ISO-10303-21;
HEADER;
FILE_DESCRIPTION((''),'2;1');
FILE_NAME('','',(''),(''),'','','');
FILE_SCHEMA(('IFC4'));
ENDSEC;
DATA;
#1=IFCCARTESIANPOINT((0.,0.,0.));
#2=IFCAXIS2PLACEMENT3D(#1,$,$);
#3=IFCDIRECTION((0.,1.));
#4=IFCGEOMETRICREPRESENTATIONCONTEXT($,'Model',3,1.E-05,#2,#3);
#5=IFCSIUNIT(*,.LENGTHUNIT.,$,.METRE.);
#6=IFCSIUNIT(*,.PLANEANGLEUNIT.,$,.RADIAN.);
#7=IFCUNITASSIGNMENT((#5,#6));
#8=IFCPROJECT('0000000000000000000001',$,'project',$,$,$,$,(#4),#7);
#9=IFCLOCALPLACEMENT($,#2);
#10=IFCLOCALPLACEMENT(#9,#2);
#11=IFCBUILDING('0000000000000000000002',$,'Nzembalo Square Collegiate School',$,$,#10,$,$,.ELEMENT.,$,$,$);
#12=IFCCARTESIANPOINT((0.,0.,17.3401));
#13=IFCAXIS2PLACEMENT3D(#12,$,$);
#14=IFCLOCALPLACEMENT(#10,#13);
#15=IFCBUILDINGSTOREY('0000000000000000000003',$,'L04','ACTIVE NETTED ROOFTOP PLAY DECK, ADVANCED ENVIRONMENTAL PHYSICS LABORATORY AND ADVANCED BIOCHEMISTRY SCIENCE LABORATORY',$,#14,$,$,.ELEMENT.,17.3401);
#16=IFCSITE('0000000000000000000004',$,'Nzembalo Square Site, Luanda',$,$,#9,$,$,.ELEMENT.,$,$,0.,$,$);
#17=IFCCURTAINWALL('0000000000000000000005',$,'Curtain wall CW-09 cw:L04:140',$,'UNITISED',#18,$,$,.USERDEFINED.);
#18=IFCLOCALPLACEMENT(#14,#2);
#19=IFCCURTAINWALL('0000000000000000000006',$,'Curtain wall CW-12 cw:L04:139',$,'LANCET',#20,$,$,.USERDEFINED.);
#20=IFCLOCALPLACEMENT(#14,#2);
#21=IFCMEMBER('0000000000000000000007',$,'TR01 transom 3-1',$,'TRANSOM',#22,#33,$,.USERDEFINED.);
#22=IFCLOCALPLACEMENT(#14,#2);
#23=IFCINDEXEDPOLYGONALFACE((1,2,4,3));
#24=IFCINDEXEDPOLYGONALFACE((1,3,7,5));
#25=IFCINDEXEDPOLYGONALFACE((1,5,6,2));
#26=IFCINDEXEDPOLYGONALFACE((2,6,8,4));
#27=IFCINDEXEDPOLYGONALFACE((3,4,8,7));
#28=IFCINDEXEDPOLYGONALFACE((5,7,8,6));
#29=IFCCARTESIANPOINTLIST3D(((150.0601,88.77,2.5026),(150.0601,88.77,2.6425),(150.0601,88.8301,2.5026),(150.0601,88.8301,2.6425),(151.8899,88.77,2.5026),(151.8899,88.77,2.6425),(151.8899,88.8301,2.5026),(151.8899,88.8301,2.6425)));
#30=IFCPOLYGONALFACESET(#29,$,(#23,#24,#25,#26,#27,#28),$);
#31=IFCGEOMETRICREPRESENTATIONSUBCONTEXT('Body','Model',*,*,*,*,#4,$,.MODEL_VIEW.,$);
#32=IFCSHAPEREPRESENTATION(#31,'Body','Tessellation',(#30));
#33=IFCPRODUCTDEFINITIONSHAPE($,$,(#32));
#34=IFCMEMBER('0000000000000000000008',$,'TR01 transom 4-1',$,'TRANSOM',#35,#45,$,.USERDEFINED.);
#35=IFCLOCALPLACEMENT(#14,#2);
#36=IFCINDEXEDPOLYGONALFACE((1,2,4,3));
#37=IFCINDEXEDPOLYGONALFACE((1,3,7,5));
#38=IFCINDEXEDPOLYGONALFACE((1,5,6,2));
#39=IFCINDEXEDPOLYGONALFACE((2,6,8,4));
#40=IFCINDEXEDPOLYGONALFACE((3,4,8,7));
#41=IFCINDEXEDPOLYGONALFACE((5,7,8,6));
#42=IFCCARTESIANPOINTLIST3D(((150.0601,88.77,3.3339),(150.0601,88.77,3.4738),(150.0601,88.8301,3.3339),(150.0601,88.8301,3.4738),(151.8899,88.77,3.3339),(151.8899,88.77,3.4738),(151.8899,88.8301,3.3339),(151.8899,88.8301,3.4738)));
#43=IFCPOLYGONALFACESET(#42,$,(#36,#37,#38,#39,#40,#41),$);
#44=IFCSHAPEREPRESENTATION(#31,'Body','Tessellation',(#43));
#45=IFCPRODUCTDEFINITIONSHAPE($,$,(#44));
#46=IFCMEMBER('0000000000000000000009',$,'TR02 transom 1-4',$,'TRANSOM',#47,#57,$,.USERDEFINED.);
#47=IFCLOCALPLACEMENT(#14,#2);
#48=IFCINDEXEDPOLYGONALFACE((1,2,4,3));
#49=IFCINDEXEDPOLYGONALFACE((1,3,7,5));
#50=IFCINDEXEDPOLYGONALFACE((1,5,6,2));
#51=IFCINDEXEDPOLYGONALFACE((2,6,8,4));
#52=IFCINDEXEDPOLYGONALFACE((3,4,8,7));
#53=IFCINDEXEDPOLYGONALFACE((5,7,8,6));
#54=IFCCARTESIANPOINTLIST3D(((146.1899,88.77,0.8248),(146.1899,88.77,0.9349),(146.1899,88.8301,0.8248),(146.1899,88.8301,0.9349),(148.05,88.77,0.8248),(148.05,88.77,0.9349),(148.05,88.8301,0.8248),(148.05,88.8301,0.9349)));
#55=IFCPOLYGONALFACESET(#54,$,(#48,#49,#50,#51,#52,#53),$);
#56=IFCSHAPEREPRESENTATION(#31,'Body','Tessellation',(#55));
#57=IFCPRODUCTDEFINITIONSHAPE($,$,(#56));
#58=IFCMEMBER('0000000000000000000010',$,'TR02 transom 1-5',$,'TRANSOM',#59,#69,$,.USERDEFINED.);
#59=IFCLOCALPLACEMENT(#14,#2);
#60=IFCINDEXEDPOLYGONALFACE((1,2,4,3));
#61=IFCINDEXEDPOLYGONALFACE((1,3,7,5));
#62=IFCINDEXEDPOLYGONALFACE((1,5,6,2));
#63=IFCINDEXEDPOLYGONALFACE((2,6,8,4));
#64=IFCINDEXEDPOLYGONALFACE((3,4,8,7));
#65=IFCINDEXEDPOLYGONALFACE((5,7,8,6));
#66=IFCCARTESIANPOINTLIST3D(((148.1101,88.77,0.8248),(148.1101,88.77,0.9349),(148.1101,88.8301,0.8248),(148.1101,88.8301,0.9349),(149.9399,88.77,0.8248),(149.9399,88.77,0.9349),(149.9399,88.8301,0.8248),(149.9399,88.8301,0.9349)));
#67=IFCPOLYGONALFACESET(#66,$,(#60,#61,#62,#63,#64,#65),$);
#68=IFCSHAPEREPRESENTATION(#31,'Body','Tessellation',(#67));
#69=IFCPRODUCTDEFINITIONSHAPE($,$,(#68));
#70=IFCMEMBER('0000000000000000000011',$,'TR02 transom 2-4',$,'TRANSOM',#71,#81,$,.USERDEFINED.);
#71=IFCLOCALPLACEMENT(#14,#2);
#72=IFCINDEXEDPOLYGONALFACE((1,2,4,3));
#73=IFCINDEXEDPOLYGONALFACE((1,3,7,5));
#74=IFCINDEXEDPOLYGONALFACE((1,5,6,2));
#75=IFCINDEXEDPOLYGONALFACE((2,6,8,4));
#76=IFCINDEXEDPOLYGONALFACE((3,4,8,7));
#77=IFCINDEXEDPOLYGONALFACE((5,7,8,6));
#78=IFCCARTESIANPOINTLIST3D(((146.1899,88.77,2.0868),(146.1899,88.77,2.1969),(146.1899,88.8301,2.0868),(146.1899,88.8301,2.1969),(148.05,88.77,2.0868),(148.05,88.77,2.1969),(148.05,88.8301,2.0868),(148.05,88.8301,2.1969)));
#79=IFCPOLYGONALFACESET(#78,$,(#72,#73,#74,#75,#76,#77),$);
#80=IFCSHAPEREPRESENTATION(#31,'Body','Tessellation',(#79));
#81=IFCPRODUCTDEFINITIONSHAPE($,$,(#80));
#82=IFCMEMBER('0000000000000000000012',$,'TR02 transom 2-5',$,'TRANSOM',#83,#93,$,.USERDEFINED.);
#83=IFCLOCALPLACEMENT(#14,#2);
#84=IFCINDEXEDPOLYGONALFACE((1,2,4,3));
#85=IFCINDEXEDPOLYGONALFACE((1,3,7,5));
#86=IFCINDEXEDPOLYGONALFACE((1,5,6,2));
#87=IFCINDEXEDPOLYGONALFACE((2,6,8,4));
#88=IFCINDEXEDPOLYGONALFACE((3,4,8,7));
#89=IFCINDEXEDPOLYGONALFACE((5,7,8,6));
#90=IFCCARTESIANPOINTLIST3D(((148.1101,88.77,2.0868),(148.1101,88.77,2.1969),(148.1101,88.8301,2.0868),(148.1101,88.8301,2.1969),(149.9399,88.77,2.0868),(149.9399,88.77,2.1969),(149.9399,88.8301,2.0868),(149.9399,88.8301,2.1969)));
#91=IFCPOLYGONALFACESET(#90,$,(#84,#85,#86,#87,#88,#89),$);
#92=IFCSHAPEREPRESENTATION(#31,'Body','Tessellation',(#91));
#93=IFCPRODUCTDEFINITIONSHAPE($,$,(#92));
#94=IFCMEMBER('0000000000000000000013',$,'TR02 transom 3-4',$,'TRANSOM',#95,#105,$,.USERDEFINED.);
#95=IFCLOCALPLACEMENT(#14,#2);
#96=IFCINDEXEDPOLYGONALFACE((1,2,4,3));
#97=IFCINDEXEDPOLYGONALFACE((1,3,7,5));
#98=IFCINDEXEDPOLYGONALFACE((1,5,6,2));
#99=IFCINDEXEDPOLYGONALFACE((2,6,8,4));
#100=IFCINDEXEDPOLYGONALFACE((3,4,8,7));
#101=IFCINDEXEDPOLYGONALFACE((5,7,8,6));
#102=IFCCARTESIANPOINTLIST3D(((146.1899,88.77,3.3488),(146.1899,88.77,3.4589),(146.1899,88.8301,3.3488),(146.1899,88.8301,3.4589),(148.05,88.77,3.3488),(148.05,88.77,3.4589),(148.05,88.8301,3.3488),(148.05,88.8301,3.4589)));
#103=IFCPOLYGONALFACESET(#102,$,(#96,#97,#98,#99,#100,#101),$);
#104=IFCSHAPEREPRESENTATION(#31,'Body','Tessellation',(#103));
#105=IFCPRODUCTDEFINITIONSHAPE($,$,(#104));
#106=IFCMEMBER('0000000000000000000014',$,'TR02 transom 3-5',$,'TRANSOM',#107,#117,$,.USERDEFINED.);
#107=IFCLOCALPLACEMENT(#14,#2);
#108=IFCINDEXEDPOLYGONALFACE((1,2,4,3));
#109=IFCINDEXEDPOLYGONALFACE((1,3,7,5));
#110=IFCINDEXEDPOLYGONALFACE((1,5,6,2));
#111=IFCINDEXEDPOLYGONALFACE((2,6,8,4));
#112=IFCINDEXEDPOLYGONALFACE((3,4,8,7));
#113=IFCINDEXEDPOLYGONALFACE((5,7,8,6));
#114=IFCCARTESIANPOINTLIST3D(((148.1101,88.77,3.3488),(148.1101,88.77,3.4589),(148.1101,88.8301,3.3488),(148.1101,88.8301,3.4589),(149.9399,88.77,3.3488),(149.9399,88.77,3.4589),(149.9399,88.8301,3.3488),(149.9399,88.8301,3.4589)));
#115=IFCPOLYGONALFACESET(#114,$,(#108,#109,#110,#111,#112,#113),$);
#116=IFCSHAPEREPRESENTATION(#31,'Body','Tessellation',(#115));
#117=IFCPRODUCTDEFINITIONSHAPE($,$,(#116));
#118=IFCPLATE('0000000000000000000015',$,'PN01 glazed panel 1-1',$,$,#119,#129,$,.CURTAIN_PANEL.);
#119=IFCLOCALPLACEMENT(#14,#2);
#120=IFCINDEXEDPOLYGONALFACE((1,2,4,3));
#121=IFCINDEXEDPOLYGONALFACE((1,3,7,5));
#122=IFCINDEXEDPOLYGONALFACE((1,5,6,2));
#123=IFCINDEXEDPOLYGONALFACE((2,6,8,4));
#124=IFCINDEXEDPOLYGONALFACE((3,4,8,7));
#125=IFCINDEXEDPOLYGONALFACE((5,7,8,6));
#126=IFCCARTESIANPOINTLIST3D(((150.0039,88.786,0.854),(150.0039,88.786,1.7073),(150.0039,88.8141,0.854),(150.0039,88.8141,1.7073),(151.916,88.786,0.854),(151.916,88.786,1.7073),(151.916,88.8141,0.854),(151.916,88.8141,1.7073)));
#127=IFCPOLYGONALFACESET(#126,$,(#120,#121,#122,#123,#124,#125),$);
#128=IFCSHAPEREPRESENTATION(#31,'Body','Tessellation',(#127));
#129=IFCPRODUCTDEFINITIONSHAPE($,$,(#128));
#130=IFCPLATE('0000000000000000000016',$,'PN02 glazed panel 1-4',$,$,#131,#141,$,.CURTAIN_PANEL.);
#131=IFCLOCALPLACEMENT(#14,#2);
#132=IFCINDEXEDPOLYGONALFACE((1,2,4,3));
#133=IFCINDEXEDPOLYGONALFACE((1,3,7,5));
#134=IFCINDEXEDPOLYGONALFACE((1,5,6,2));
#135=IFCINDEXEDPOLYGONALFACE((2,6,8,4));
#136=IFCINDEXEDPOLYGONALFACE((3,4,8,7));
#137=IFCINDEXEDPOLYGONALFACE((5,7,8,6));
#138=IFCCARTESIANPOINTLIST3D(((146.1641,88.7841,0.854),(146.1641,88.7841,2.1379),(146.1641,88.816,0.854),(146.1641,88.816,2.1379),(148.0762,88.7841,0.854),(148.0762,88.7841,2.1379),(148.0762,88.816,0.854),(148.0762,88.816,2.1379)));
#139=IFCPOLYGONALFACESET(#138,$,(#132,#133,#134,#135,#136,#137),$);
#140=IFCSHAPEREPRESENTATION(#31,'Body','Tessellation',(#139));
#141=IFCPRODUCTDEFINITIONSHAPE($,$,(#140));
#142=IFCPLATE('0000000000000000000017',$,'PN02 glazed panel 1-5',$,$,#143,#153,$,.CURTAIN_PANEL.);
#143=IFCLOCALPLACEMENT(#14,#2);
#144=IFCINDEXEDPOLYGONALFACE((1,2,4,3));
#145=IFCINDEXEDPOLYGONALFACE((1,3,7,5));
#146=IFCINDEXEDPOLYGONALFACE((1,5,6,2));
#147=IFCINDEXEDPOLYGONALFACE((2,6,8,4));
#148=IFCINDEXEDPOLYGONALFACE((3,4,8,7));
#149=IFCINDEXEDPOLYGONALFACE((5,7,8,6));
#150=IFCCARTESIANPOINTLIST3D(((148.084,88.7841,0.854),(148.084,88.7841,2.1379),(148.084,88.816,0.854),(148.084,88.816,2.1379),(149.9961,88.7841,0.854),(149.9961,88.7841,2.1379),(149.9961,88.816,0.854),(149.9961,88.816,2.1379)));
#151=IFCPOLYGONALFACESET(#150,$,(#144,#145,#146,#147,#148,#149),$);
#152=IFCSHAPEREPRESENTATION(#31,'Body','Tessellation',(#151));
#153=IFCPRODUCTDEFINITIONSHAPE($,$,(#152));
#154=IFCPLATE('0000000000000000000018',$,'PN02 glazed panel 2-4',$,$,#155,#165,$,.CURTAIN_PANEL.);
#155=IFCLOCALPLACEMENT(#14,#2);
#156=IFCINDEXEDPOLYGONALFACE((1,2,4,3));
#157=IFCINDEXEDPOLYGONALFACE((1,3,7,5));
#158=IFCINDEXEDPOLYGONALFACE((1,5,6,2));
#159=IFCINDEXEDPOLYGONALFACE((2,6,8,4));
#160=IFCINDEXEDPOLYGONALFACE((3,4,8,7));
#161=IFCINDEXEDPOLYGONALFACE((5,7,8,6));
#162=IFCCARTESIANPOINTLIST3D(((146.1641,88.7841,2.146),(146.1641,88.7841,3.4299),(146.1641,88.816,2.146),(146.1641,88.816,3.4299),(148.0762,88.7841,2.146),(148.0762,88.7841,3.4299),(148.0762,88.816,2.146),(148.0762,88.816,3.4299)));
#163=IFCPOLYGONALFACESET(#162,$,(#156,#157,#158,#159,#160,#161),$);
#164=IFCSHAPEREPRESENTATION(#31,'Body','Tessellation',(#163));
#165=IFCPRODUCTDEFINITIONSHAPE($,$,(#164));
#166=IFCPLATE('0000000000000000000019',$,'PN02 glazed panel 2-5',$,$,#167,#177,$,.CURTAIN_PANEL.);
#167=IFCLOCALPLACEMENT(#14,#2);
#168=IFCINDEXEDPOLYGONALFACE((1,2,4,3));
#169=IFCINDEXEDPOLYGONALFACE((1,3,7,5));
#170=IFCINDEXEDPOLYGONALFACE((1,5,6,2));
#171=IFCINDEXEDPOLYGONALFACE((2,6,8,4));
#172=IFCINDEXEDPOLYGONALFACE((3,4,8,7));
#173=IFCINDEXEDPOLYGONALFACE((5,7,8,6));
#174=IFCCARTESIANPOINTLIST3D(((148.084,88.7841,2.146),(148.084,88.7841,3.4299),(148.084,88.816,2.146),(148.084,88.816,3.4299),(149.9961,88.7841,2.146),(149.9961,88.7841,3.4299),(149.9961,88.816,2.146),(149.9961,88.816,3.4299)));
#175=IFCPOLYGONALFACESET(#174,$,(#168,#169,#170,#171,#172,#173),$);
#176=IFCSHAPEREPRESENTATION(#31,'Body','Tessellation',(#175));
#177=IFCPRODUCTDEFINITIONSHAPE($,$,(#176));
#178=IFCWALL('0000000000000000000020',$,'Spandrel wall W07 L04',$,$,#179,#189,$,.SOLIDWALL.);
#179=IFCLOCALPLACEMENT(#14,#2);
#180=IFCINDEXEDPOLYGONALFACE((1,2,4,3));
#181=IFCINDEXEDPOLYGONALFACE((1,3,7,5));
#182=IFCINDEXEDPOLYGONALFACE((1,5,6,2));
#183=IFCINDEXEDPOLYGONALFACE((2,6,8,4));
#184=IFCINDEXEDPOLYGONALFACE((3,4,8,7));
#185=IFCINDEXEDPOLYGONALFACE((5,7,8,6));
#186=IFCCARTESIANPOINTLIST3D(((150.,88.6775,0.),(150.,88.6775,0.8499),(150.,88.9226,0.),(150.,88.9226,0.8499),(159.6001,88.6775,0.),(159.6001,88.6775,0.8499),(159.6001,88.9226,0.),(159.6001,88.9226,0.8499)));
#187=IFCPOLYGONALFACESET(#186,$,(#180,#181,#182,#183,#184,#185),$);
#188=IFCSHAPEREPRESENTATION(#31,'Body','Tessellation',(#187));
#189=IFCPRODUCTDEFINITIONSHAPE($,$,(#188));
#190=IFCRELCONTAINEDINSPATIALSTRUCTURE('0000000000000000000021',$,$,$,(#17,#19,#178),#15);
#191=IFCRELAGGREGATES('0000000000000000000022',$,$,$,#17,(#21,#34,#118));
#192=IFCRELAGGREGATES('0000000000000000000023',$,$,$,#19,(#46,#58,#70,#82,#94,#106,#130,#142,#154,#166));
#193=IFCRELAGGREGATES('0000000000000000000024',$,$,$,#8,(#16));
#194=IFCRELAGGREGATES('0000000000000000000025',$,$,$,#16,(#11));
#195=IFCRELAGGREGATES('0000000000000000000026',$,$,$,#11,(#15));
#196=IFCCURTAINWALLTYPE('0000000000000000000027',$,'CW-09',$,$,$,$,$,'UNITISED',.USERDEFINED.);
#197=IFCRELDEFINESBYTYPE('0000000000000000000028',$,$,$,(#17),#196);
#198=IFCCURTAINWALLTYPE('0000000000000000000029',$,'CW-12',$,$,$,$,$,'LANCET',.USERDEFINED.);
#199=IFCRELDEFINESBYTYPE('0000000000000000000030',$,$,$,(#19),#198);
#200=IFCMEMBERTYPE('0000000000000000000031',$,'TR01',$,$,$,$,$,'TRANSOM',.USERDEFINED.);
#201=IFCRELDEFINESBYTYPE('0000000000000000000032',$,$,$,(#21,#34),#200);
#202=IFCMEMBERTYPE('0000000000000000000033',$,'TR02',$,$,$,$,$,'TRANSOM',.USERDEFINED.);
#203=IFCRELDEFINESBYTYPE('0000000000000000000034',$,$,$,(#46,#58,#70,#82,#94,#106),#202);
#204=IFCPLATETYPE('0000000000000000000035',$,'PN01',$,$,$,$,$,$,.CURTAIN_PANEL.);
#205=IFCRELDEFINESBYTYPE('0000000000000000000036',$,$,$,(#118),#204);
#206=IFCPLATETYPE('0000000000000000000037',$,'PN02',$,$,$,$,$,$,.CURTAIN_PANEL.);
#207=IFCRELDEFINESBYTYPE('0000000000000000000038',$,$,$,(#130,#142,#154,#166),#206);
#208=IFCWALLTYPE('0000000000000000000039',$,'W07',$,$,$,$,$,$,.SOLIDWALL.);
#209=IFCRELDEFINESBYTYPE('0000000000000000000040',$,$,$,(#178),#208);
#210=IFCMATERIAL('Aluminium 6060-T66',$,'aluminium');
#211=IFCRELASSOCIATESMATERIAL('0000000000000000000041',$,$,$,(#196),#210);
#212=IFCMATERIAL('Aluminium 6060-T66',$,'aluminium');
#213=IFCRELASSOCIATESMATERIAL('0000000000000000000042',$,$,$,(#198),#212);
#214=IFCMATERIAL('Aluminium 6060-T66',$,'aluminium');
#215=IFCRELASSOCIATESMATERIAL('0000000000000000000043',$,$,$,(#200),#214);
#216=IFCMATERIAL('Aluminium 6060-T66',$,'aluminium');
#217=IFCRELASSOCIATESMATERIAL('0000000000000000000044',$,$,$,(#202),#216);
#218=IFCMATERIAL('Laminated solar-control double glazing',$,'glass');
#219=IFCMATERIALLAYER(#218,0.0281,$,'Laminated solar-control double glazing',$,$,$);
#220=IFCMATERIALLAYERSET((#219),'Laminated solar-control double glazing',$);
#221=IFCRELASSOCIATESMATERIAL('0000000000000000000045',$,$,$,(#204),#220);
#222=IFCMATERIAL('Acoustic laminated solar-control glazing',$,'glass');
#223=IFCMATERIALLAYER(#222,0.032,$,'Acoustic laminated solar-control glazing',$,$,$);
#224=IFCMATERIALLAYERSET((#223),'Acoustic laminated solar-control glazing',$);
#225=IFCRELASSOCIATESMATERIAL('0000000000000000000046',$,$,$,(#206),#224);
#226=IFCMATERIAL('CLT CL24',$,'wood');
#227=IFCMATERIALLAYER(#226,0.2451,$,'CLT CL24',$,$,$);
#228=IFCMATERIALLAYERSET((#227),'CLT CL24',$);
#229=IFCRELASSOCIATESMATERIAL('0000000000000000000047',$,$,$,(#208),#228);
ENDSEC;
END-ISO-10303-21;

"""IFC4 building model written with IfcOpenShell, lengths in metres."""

from ifc_helpers import new_model, si_unit, direction, frame, frame_2d, origin, origin_2d, place, context, subcontext, project, spatial, rectangle, extrude, material, layer, layer_set, material_profile, profile_set, type_object, element, aggregate, save


model = new_model("IFC4")

# Units and contexts
model_context = context("Model", 3, precision=1e-05, world=origin(), true_north=direction((0.0, 1.0)))
body_context = subcontext(model_context, "Body", "Model", "MODEL_VIEW")
ifc_project = project(units=[si_unit("LENGTHUNIT", "METRE"), si_unit("PLANEANGLEUNIT", "RADIAN")], contexts=[model_context])

# Site, building, storey
site_placement = place(None, origin())
site = spatial("IfcSite", under=ifc_project, at=site_placement, Name="Nzembalo Square Site, Luanda", CompositionType="ELEMENT", RefElevation=0.0)
building_placement = place(site_placement, origin())
building = spatial("IfcBuilding", under=site, at=building_placement, Name="Nzembalo Square Collegiate School", CompositionType="ELEMENT")
storey_placement = place(building_placement, frame((0.0, 0.0, 17.3401)))
storey = spatial("IfcBuildingStorey", under=building, at=storey_placement, Name="L04", Description="ACTIVE NETTED ROOFTOP PLAY DECK, ADVANCED ENVIRONMENTAL PHYSICS LABORATORY AND ADVANCED BIOCHEMISTRY SCIENCE LABORATORY", CompositionType="ELEMENT", Elevation=17.3401)

# Curtain wall
ifc_material_1 = material(Name="Aluminium 6060-T66", Category="aluminium")
curtain_wall_type_1 = type_object("IfcCurtainWallType", Name="CW-09", ElementType="UNITISED", PredefinedType="USERDEFINED", material=ifc_material_1)
curtain_wall_1_placement = place(storey_placement, origin())
curtain_wall_1 = element("IfcCurtainWall", 1, at=curtain_wall_1_placement, inside=storey, type_object=curtain_wall_type_1, Name="Curtain wall CW-09 cw:L04:140", ObjectType="UNITISED", PredefinedType="USERDEFINED")

# Curtain wall
ifc_material_2 = material(Name="Aluminium 6060-T66", Category="aluminium")
curtain_wall_type_2 = type_object("IfcCurtainWallType", Name="CW-12", ElementType="LANCET", PredefinedType="USERDEFINED", material=ifc_material_2)
curtain_wall_2_placement = place(storey_placement, origin())
curtain_wall_2 = element("IfcCurtainWall", 2, at=curtain_wall_2_placement, inside=storey, type_object=curtain_wall_type_2, Name="Curtain wall CW-12 cw:L04:139", ObjectType="LANCET", PredefinedType="USERDEFINED")

# Members
ifc_material_3 = material(Name="Aluminium 6060-T66", Category="aluminium")
ifc_material_profile_1 = material_profile(ifc_material_3, rectangle(XDim=0.0601, YDim=0.1399, at=origin_2d()), Name="ALU T60x140")
ifc_profile_set_1 = profile_set([ifc_material_profile_1], Name="Aluminium 6060-T66")
member_type_1 = type_object("IfcMemberType", Name="TR01", ElementType="TRANSOM", PredefinedType="USERDEFINED", material=ifc_profile_set_1)
member_1_placement = place(storey_placement, frame((150.0601, 88.8, 2.5725), z_axis=(1.0, 0.0, 0.0), x_axis=(0.0, 1.0, 0.0)))
member_1 = element("IfcMember", 3, at=member_1_placement, type_object=member_type_1, Name="TR01 transom 3-1", ObjectType="TRANSOM", PredefinedType="USERDEFINED", context=body_context, shape_type="SweptSolid", body=[
    extrude(rectangle(XDim=0.0601, YDim=0.1399, at=origin_2d()), origin(), (0.0, 0.0, 1.0), 1.8298),
])
member_2_placement = place(storey_placement, frame((150.0601, 88.8, 3.4038), z_axis=(1.0, 0.0, 0.0), x_axis=(0.0, 1.0, 0.0)))
member_2 = element("IfcMember", 4, at=member_2_placement, type_object=member_type_1, Name="TR01 transom 4-1", ObjectType="TRANSOM", PredefinedType="USERDEFINED", context=body_context, shape_type="SweptSolid", body=[
    extrude(rectangle(XDim=0.0601, YDim=0.1399, at=origin_2d()), origin(), (0.0, 0.0, 1.0), 1.8298),
])
ifc_material_4 = material(Name="Aluminium 6060-T66", Category="aluminium")
ifc_material_profile_2 = material_profile(ifc_material_4, rectangle(XDim=0.0601, YDim=0.1101, at=origin_2d()), Name="ALU T60x110")
ifc_profile_set_2 = profile_set([ifc_material_profile_2], Name="Aluminium 6060-T66")
member_type_2 = type_object("IfcMemberType", Name="TR02", ElementType="TRANSOM", PredefinedType="USERDEFINED", material=ifc_profile_set_2)
member_3_placement = place(storey_placement, frame((146.1899, 88.8, 0.8799), z_axis=(1.0, 0.0, 0.0), x_axis=(0.0, 1.0, 0.0)))
member_3 = element("IfcMember", 5, at=member_3_placement, type_object=member_type_2, Name="TR02 transom 1-4", ObjectType="TRANSOM", PredefinedType="USERDEFINED", context=body_context, shape_type="SweptSolid", body=[
    extrude(rectangle(XDim=0.0601, YDim=0.1101, at=origin_2d()), origin(), (0.0, 0.0, 1.0), 1.8601),
])
member_4_placement = place(storey_placement, frame((148.1101, 88.8, 0.8799), z_axis=(1.0, 0.0, 0.0), x_axis=(0.0, 1.0, 0.0)))
member_4 = element("IfcMember", 6, at=member_4_placement, type_object=member_type_2, Name="TR02 transom 1-5", ObjectType="TRANSOM", PredefinedType="USERDEFINED", context=body_context, shape_type="SweptSolid", body=[
    extrude(rectangle(XDim=0.0601, YDim=0.1101, at=origin_2d()), origin(), (0.0, 0.0, 1.0), 1.8298),
])
member_5_placement = place(storey_placement, frame((146.1899, 88.8, 2.1418), z_axis=(1.0, 0.0, 0.0), x_axis=(0.0, 1.0, 0.0)))
member_5 = element("IfcMember", 7, at=member_5_placement, type_object=member_type_2, Name="TR02 transom 2-4", ObjectType="TRANSOM", PredefinedType="USERDEFINED", context=body_context, shape_type="SweptSolid", body=[
    extrude(rectangle(XDim=0.0601, YDim=0.1101, at=origin_2d()), origin(), (0.0, 0.0, 1.0), 1.8601),
])
member_6_placement = place(storey_placement, frame((148.1101, 88.8, 2.1418), z_axis=(1.0, 0.0, 0.0), x_axis=(0.0, 1.0, 0.0)))
member_6 = element("IfcMember", 8, at=member_6_placement, type_object=member_type_2, Name="TR02 transom 2-5", ObjectType="TRANSOM", PredefinedType="USERDEFINED", context=body_context, shape_type="SweptSolid", body=[
    extrude(rectangle(XDim=0.0601, YDim=0.1101, at=origin_2d()), origin(), (0.0, 0.0, 1.0), 1.8298),
])
member_7_placement = place(storey_placement, frame((146.1899, 88.8, 3.4038), z_axis=(1.0, 0.0, 0.0), x_axis=(0.0, 1.0, 0.0)))
member_7 = element("IfcMember", 9, at=member_7_placement, type_object=member_type_2, Name="TR02 transom 3-4", ObjectType="TRANSOM", PredefinedType="USERDEFINED", context=body_context, shape_type="SweptSolid", body=[
    extrude(rectangle(XDim=0.0601, YDim=0.1101, at=origin_2d()), origin(), (0.0, 0.0, 1.0), 1.8601),
])
member_8_placement = place(storey_placement, frame((148.1101, 88.8, 3.4038), z_axis=(1.0, 0.0, 0.0), x_axis=(0.0, 1.0, 0.0)))
member_8 = element("IfcMember", 10, at=member_8_placement, type_object=member_type_2, Name="TR02 transom 3-5", ObjectType="TRANSOM", PredefinedType="USERDEFINED", context=body_context, shape_type="SweptSolid", body=[
    extrude(rectangle(XDim=0.0601, YDim=0.1101, at=origin_2d()), origin(), (0.0, 0.0, 1.0), 1.8298),
])

# Plates
ifc_material_5 = material(Name="Laminated solar-control double glazing", Category="glass")
ifc_layer_1 = layer(ifc_material_5, 0.0281, Name="Laminated solar-control double glazing")
ifc_layer_set_1 = layer_set([ifc_layer_1], Name="Laminated solar-control double glazing")
plate_type_1 = type_object("IfcPlateType", Name="PN01", PredefinedType="CURTAIN_PANEL", material=ifc_layer_set_1)
plate_1_placement = place(storey_placement, frame((150.96, 88.8, 0.854), z_axis=(0.0, 0.0, 1.0), x_axis=(1.0, 0.0, 0.0)))
plate_1 = element("IfcPlate", 11, at=plate_1_placement, type_object=plate_type_1, Name="PN01 glazed panel 1-1", PredefinedType="CURTAIN_PANEL", context=body_context, shape_type="SweptSolid", body=[
    extrude(rectangle(XDim=1.9121, YDim=0.0281, at=origin_2d()), origin(), (0.0, 0.0, 1.0), 0.8533),
])
aggregate(curtain_wall_1, [member_1, member_2, plate_1])
ifc_material_6 = material(Name="Acoustic laminated solar-control glazing", Category="glass")
ifc_layer_2 = layer(ifc_material_6, 0.032, Name="Acoustic laminated solar-control glazing")
ifc_layer_set_2 = layer_set([ifc_layer_2], Name="Acoustic laminated solar-control glazing")
plate_type_2 = type_object("IfcPlateType", Name="PN02", PredefinedType="CURTAIN_PANEL", material=ifc_layer_set_2)
plate_2_placement = place(storey_placement, frame((147.1201, 88.8, 0.854), z_axis=(0.0, 0.0, 1.0), x_axis=(1.0, 0.0, 0.0)))
plate_2 = element("IfcPlate", 12, at=plate_2_placement, type_object=plate_type_2, Name="PN02 glazed panel 1-4", PredefinedType="CURTAIN_PANEL", context=body_context, shape_type="SweptSolid", body=[
    extrude(rectangle(XDim=1.9121, YDim=0.032, at=origin_2d()), origin(), (0.0, 0.0, 1.0), 1.2839),
])
plate_3_placement = place(storey_placement, frame((149.04, 88.8, 0.854), z_axis=(0.0, 0.0, 1.0), x_axis=(1.0, 0.0, 0.0)))
plate_3 = element("IfcPlate", 13, at=plate_3_placement, type_object=plate_type_2, Name="PN02 glazed panel 1-5", PredefinedType="CURTAIN_PANEL", context=body_context, shape_type="SweptSolid", body=[
    extrude(rectangle(XDim=1.9121, YDim=0.032, at=origin_2d()), origin(), (0.0, 0.0, 1.0), 1.2839),
])
plate_4_placement = place(storey_placement, frame((147.1201, 88.8, 2.146), z_axis=(0.0, 0.0, 1.0), x_axis=(1.0, 0.0, 0.0)))
plate_4 = element("IfcPlate", 14, at=plate_4_placement, type_object=plate_type_2, Name="PN02 glazed panel 2-4", PredefinedType="CURTAIN_PANEL", context=body_context, shape_type="SweptSolid", body=[
    extrude(rectangle(XDim=1.9121, YDim=0.032, at=origin_2d()), origin(), (0.0, 0.0, 1.0), 1.2839),
])
plate_5_placement = place(storey_placement, frame((149.04, 88.8, 2.146), z_axis=(0.0, 0.0, 1.0), x_axis=(1.0, 0.0, 0.0)))
plate_5 = element("IfcPlate", 15, at=plate_5_placement, type_object=plate_type_2, Name="PN02 glazed panel 2-5", PredefinedType="CURTAIN_PANEL", context=body_context, shape_type="SweptSolid", body=[
    extrude(rectangle(XDim=1.9121, YDim=0.032, at=origin_2d()), origin(), (0.0, 0.0, 1.0), 1.2839),
])
aggregate(curtain_wall_2, [member_3, member_4, member_5, member_6, member_7, member_8, plate_2, plate_3, plate_4, plate_5])

# Wall
ifc_material_7 = material(Name="CLT CL24", Category="wood")
ifc_layer_3 = layer(ifc_material_7, 0.2451, Name="CLT CL24")
ifc_layer_set_3 = layer_set([ifc_layer_3], Name="CLT CL24")
wall_type = type_object("IfcWallType", Name="W07", PredefinedType="SOLIDWALL", material=ifc_layer_set_3)
wall_placement = place(storey_placement, frame((150.0, 88.8, 0.0), z_axis=(0.0, 0.0, 1.0), x_axis=(1.0, 0.0, 0.0)))
element("IfcWall", 16, at=wall_placement, inside=storey, type_object=wall_type, Name="Spandrel wall W07 L04", PredefinedType="SOLIDWALL", context=body_context, shape_type="SweptSolid", body=[
    extrude(rectangle(XDim=9.6001, YDim=0.2451, at=frame_2d((4.8, 0.0))), origin(), (0.0, 0.0, 1.0), 0.8499),
])

save(model, "model.ifc")
